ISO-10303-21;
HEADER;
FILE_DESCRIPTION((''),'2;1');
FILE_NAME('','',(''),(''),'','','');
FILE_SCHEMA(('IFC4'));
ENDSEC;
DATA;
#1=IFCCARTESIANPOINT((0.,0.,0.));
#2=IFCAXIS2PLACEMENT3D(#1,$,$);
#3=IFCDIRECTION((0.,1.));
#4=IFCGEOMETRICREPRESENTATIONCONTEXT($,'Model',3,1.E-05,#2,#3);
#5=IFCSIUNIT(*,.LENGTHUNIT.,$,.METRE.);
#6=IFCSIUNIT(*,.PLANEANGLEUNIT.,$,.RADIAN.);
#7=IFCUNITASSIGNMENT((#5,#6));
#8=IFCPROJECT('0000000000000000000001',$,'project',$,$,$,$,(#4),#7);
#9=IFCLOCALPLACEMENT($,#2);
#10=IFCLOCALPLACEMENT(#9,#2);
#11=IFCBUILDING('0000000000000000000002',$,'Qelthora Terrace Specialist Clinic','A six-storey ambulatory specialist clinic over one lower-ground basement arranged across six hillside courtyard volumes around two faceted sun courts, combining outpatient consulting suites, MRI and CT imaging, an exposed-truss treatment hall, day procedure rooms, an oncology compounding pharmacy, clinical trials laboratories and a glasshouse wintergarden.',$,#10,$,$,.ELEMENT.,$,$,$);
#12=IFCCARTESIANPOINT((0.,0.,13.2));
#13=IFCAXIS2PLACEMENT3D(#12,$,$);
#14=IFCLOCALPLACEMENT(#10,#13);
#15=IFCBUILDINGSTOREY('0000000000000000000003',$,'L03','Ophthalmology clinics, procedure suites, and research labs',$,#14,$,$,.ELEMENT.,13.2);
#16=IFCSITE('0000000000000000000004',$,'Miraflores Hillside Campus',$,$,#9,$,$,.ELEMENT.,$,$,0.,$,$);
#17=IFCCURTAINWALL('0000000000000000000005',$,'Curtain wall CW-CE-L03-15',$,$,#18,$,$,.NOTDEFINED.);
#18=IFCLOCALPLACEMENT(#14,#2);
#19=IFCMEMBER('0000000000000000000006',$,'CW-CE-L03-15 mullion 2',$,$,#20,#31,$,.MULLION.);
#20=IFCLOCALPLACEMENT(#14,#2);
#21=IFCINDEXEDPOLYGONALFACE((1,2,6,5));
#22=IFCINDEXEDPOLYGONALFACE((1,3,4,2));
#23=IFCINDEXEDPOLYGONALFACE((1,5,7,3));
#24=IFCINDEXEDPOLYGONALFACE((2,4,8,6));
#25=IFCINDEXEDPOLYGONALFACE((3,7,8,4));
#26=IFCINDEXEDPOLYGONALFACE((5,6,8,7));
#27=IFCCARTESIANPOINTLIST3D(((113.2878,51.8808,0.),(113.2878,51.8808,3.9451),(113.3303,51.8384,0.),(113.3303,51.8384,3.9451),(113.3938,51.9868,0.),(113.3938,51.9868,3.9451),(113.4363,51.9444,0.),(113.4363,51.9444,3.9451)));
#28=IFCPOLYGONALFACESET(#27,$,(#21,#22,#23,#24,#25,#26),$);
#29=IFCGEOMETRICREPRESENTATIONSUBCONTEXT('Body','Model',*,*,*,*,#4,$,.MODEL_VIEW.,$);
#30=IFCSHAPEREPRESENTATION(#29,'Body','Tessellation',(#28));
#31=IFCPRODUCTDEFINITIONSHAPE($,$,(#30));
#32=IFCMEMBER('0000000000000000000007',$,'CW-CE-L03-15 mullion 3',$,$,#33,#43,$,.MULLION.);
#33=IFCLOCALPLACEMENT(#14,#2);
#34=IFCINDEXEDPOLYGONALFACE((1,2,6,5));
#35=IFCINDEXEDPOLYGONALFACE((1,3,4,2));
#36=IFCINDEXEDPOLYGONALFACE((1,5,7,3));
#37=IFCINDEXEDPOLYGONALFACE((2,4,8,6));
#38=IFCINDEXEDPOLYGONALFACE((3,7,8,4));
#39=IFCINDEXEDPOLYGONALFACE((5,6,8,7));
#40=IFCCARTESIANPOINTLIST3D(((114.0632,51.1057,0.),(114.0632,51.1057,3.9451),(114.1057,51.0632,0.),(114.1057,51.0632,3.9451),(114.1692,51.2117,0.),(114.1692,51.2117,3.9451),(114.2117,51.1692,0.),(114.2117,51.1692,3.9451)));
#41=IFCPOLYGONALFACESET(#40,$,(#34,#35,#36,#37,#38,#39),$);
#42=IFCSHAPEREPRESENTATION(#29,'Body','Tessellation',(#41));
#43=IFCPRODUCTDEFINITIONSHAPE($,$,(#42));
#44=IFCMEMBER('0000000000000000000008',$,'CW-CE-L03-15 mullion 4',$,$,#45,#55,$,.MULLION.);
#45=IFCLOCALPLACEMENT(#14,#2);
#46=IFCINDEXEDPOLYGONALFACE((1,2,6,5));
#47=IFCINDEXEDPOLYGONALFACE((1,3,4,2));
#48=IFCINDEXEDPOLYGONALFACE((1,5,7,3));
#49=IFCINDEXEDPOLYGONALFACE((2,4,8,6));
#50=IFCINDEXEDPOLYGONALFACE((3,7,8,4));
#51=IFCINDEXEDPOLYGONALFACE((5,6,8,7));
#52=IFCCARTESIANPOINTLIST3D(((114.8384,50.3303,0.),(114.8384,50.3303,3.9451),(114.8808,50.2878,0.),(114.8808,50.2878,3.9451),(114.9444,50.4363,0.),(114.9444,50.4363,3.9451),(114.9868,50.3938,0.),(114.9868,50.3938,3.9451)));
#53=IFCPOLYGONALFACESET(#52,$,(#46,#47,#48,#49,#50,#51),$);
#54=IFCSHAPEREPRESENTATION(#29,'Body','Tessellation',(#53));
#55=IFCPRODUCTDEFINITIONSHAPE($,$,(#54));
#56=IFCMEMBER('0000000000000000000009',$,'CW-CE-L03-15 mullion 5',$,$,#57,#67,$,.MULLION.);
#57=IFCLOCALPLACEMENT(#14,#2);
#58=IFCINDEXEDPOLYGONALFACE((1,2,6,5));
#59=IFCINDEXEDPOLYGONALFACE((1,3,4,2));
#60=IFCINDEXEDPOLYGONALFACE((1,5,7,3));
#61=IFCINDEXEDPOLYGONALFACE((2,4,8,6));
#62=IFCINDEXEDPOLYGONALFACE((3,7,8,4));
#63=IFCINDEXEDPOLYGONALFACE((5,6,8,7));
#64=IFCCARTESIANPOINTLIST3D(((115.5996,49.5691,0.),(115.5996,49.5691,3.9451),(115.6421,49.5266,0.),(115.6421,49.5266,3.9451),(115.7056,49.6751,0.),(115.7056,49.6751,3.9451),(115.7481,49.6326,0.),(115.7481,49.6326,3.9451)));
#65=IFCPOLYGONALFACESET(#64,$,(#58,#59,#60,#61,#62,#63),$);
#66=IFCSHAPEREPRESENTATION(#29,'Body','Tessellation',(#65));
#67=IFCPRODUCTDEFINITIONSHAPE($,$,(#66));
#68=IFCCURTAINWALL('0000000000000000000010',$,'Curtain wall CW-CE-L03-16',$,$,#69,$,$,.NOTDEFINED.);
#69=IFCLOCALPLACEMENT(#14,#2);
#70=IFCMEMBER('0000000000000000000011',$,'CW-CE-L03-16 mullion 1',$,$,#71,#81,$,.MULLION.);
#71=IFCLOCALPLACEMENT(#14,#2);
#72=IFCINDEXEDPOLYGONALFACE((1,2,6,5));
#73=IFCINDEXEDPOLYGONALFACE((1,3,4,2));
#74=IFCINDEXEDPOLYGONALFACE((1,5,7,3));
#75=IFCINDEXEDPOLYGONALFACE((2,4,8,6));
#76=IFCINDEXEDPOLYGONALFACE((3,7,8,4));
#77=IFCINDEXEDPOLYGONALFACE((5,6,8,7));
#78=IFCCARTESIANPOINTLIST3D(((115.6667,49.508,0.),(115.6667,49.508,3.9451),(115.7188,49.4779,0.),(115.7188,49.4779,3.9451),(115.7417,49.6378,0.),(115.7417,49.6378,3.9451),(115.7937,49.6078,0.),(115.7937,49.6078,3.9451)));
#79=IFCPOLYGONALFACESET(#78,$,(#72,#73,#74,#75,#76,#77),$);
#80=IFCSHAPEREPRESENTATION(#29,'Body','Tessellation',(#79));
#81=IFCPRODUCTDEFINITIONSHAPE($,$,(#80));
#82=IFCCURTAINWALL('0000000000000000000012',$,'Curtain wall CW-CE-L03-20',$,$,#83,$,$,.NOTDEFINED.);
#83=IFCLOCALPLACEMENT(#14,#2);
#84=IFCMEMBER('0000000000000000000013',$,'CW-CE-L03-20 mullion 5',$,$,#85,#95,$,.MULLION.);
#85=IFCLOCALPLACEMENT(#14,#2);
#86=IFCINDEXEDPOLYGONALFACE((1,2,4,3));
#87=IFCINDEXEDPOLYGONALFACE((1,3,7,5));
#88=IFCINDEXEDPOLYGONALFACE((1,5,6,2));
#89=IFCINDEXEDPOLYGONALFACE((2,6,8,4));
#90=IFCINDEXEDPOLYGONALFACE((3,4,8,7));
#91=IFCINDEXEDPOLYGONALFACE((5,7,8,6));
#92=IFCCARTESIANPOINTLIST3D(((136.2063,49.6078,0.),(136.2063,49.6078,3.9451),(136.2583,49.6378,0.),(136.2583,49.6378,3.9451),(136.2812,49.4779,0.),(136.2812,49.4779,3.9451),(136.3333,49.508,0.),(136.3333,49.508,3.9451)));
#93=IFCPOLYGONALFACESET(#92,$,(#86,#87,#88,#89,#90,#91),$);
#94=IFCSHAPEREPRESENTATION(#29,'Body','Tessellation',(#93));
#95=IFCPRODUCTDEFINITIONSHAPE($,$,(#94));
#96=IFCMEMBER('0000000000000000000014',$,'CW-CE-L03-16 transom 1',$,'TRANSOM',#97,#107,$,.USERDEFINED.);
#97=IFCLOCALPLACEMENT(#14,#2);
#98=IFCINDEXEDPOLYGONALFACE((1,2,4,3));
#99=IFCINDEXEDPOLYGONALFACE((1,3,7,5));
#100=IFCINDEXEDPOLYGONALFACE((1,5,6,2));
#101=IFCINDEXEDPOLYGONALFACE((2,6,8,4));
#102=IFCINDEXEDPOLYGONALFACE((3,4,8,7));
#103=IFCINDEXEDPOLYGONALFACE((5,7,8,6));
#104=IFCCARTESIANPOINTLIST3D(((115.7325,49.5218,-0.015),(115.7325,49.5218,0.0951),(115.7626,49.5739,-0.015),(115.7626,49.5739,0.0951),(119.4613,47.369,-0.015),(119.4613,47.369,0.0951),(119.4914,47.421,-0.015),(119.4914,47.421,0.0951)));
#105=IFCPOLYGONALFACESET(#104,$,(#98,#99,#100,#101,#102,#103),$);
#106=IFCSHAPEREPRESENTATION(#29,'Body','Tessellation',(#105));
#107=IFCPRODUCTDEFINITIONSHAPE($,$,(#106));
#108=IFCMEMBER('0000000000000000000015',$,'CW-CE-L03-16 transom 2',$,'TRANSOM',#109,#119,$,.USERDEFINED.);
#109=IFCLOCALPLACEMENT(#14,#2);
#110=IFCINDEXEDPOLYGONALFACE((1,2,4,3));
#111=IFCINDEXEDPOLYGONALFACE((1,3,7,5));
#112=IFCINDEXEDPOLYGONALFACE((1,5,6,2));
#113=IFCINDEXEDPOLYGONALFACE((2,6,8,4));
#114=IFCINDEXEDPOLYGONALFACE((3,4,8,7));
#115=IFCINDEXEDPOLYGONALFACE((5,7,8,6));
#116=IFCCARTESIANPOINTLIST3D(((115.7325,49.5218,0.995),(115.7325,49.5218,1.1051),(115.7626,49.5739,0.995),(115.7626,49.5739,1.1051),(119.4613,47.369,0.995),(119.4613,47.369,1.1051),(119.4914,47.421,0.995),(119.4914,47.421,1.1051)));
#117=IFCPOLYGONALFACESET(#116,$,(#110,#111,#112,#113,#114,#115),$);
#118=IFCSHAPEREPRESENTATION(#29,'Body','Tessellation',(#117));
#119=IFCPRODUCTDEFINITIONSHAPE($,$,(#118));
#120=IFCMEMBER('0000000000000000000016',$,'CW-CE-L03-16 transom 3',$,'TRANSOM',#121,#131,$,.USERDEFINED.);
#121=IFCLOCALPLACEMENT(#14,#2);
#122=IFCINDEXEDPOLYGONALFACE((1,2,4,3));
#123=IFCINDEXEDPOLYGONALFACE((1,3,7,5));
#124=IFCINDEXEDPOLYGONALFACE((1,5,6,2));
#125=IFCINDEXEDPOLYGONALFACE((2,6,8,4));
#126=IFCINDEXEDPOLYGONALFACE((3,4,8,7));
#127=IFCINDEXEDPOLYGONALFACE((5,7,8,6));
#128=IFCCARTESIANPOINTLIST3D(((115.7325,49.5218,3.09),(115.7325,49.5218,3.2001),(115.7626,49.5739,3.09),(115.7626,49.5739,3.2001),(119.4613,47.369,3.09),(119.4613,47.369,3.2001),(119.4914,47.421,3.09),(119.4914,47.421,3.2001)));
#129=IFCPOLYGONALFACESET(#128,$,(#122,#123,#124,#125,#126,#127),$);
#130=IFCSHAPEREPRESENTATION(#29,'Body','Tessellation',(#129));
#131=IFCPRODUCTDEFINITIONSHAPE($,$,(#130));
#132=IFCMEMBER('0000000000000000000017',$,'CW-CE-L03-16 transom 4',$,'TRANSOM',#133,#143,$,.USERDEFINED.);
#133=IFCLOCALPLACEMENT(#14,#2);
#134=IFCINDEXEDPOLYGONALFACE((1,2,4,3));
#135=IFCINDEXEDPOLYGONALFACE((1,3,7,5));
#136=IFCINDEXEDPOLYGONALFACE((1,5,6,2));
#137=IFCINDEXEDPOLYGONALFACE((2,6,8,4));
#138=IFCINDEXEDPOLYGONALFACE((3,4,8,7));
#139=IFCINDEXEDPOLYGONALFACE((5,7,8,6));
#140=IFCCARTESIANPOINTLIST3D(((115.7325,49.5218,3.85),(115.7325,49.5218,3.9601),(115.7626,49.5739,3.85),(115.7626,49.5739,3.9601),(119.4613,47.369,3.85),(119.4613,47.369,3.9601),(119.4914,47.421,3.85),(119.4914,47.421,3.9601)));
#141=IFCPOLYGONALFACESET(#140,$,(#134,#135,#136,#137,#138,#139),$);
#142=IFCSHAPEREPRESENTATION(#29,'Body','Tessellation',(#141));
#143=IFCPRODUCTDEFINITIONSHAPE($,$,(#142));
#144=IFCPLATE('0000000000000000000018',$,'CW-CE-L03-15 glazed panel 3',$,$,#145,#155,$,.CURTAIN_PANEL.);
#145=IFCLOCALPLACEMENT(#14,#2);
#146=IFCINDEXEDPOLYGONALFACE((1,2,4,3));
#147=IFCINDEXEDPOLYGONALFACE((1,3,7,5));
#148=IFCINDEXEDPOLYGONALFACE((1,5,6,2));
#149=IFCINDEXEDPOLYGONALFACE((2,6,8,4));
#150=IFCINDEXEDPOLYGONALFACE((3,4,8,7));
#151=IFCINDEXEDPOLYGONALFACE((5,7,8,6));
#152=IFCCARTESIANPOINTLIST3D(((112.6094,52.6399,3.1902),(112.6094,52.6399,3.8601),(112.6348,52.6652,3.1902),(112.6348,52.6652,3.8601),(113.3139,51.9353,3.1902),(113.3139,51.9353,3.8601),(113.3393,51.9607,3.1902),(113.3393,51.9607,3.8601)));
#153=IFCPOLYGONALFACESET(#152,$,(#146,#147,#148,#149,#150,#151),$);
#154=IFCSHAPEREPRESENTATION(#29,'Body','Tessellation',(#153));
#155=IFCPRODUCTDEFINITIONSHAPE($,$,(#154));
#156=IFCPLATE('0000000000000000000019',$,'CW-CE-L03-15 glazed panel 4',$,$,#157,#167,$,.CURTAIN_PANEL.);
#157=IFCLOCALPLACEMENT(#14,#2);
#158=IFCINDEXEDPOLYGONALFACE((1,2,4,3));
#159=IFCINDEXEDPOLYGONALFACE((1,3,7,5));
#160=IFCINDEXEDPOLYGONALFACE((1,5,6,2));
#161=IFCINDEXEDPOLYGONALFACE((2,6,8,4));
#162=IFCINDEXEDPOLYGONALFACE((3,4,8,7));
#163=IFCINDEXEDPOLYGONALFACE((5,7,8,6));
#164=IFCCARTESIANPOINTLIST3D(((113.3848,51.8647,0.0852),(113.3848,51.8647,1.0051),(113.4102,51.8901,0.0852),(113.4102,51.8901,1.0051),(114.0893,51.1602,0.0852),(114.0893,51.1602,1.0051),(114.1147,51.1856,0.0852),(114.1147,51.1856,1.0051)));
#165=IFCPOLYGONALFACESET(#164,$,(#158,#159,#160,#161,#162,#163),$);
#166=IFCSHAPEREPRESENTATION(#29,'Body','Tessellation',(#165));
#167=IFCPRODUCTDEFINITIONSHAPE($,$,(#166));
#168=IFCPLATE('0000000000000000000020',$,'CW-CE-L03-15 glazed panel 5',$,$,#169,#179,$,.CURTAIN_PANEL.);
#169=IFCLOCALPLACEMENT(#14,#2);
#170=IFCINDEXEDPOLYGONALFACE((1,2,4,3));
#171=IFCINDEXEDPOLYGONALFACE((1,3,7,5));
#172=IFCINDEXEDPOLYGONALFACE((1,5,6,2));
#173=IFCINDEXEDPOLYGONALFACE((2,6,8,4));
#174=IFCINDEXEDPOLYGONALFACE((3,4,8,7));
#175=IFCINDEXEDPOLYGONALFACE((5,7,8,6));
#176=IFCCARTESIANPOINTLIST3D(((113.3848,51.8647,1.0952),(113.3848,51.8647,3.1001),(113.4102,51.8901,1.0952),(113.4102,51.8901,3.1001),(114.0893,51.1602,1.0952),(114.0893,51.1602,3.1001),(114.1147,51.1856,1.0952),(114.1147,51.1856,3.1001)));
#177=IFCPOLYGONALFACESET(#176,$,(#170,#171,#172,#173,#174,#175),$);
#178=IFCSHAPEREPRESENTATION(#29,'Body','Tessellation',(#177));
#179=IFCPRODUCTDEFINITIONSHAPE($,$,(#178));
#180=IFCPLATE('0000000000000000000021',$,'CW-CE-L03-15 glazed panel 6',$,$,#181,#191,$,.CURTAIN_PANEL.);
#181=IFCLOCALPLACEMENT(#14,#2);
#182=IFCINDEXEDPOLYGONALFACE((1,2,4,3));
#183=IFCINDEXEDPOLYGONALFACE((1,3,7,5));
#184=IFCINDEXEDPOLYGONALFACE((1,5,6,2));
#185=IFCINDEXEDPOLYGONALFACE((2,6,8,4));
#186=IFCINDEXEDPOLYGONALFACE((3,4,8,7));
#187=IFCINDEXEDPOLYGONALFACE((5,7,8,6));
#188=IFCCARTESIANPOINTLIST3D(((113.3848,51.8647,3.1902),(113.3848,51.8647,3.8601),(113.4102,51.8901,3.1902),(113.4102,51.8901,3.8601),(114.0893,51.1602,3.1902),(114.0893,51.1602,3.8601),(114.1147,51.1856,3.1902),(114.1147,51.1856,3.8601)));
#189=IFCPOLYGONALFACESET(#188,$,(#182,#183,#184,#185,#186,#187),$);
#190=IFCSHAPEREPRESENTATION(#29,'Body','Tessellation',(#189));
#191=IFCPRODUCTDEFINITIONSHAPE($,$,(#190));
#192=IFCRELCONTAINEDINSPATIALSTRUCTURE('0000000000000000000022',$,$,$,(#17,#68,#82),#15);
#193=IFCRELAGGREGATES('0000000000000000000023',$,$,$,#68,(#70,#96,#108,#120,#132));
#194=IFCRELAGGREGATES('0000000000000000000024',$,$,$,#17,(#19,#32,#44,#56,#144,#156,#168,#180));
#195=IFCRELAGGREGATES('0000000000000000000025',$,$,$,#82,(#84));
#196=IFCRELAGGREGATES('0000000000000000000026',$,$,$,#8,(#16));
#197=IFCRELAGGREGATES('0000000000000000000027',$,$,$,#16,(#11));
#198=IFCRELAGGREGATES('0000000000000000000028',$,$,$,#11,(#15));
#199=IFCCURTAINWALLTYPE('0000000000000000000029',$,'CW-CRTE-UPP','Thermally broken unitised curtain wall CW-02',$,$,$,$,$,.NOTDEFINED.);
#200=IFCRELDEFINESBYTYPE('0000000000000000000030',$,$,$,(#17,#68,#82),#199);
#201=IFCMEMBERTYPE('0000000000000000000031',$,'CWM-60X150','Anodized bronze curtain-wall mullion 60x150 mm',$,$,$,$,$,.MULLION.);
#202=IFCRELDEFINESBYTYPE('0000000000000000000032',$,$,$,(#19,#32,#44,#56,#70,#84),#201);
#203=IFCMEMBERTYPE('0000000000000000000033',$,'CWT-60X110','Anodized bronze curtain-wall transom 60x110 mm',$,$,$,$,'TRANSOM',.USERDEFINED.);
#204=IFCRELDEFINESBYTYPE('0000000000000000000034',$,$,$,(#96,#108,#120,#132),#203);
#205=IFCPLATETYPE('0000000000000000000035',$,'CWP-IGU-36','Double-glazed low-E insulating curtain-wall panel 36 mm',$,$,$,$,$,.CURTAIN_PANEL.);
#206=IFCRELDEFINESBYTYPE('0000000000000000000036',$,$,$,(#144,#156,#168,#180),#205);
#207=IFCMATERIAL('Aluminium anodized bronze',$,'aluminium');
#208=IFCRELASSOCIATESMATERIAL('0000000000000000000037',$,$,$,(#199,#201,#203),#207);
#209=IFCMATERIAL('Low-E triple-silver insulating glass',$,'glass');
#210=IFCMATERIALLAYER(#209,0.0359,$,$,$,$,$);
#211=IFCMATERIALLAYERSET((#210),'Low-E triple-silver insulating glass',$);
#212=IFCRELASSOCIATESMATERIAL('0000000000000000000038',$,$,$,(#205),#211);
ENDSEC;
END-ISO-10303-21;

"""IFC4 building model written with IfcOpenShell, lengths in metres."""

from ifc_helpers import new_model, si_unit, direction, frame, origin, origin_2d, place, context, subcontext, project, spatial, rectangle, extrude, material, layer, layer_set, material_profile, profile_set, type_object, element, aggregate, save


model = new_model("IFC4")

# Units and contexts
model_context = context("Model", 3, precision=1e-05, world=origin(), true_north=direction((0.0, 1.0)))
body_context = subcontext(model_context, "Body", "Model", "MODEL_VIEW")
ifc_project = project(units=[si_unit("LENGTHUNIT", "METRE"), si_unit("PLANEANGLEUNIT", "RADIAN")], contexts=[model_context])

# Site, building, storey
site_placement = place(None, origin())
site = spatial("IfcSite", under=ifc_project, at=site_placement, Name="Miraflores Hillside Campus", CompositionType="ELEMENT", RefElevation=0.0)
building_placement = place(site_placement, origin())
building = spatial("IfcBuilding", under=site, at=building_placement, Name="Qelthora Terrace Specialist Clinic", Description="A six-storey ambulatory specialist clinic over one lower-ground basement arranged across six hillside courtyard volumes around two faceted sun courts, combining outpatient consulting suites, MRI and CT imaging, an exposed-truss treatment hall, day procedure rooms, an oncology compounding pharmacy, clinical trials laboratories and a glasshouse wintergarden.", CompositionType="ELEMENT")
storey_placement = place(building_placement, frame((0.0, 0.0, 13.2)))
storey = spatial("IfcBuildingStorey", under=building, at=storey_placement, Name="L03", Description="Ophthalmology clinics, procedure suites, and research labs", CompositionType="ELEMENT", Elevation=13.2)

# Curtain wall, members
ifc_material_1 = material(Name="Aluminium anodized bronze", Category="aluminium")
curtain_wall_type = type_object("IfcCurtainWallType", Name="CW-CRTE-UPP", Description="Thermally broken unitised curtain wall CW-02", PredefinedType="NOTDEFINED", material=ifc_material_1)
curtain_wall_1_placement = place(storey_placement, origin())
curtain_wall_1 = element("IfcCurtainWall", 1, at=curtain_wall_1_placement, inside=storey, type_object=curtain_wall_type, Name="Curtain wall CW-CE-L03-15", PredefinedType="NOTDEFINED")
ifc_material_profile_1 = material_profile(ifc_material_1, rectangle(XDim=0.0601, YDim=0.1499, at=origin_2d()), Name="CWM60X150")
ifc_profile_set_1 = profile_set([ifc_material_profile_1], Name="Aluminium anodized bronze")
member_type_1 = type_object("IfcMemberType", Name="CWM-60X150", Description="Anodized bronze curtain-wall mullion 60x150 mm", PredefinedType="MULLION", material=ifc_profile_set_1)
member_1_placement = place(storey_placement, frame((113.3621, 51.9126, 0.0), z_axis=(0.0, 0.0, 1.0), x_axis=(0.707107, -0.707107, 0.0)))
member_1 = element("IfcMember", 2, at=member_1_placement, type_object=member_type_1, Name="CW-CE-L03-15 mullion 2", PredefinedType="MULLION", context=body_context, shape_type="SweptSolid", body=[
    extrude(rectangle(XDim=0.0601, YDim=0.1499, at=origin_2d()), origin(), (0.0, 0.0, 1.0), 3.9451),
])
member_2_placement = place(storey_placement, frame((114.1375, 51.1375, 0.0), z_axis=(0.0, 0.0, 1.0), x_axis=(0.707107, -0.707107, 0.0)))
member_2 = element("IfcMember", 3, at=member_2_placement, type_object=member_type_1, Name="CW-CE-L03-15 mullion 3", PredefinedType="MULLION", context=body_context, shape_type="SweptSolid", body=[
    extrude(rectangle(XDim=0.0601, YDim=0.1499, at=origin_2d()), origin(), (0.0, 0.0, 1.0), 3.9451),
])
member_3_placement = place(storey_placement, frame((114.9126, 50.3621, 0.0), z_axis=(0.0, 0.0, 1.0), x_axis=(0.707107, -0.707107, 0.0)))
member_3 = element("IfcMember", 4, at=member_3_placement, type_object=member_type_1, Name="CW-CE-L03-15 mullion 4", PredefinedType="MULLION", context=body_context, shape_type="SweptSolid", body=[
    extrude(rectangle(XDim=0.0601, YDim=0.1499, at=origin_2d()), origin(), (0.0, 0.0, 1.0), 3.9451),
])
member_4_placement = place(storey_placement, frame((115.6738, 49.6008, 0.0), z_axis=(0.0, 0.0, 1.0), x_axis=(0.707107, -0.707107, 0.0)))
member_4 = element("IfcMember", 5, at=member_4_placement, type_object=member_type_1, Name="CW-CE-L03-15 mullion 5", PredefinedType="MULLION", context=body_context, shape_type="SweptSolid", body=[
    extrude(rectangle(XDim=0.0601, YDim=0.1499, at=origin_2d()), origin(), (0.0, 0.0, 1.0), 3.9451),
])

# Curtain walls, members
curtain_wall_2_placement = place(storey_placement, origin())
curtain_wall_2 = element("IfcCurtainWall", 6, at=curtain_wall_2_placement, inside=storey, type_object=curtain_wall_type, Name="Curtain wall CW-CE-L03-16", PredefinedType="NOTDEFINED")
member_5_placement = place(storey_placement, frame((115.7302, 49.5579, 0.0), z_axis=(0.0, 0.0, 1.0), x_axis=(0.866025, -0.5, 0.0)))
member_5 = element("IfcMember", 7, at=member_5_placement, type_object=member_type_1, Name="CW-CE-L03-16 mullion 1", PredefinedType="MULLION", context=body_context, shape_type="SweptSolid", body=[
    extrude(rectangle(XDim=0.0601, YDim=0.1499, at=origin_2d()), origin(), (0.0, 0.0, 1.0), 3.9451),
])
curtain_wall_3_placement = place(storey_placement, origin())
curtain_wall_3 = element("IfcCurtainWall", 8, at=curtain_wall_3_placement, inside=storey, type_object=curtain_wall_type, Name="Curtain wall CW-CE-L03-20", PredefinedType="NOTDEFINED")
member_6_placement = place(storey_placement, frame((136.2698, 49.5579, 0.0), z_axis=(0.0, 0.0, 1.0), x_axis=(0.866025, 0.5, 0.0)))
member_6 = element("IfcMember", 9, at=member_6_placement, type_object=member_type_1, Name="CW-CE-L03-20 mullion 5", PredefinedType="MULLION", context=body_context, shape_type="SweptSolid", body=[
    extrude(rectangle(XDim=0.0601, YDim=0.1499, at=origin_2d()), origin(), (0.0, 0.0, 1.0), 3.9451),
])

# Members
ifc_material_profile_2 = material_profile(ifc_material_1, rectangle(XDim=0.0601, YDim=0.1101, at=origin_2d()), Name="CWT60X110")
ifc_profile_set_2 = profile_set([ifc_material_profile_2], Name="Aluminium anodized bronze")
member_type_2 = type_object("IfcMemberType", Name="CWT-60X110", Description="Anodized bronze curtain-wall transom 60x110 mm", ElementType="TRANSOM", PredefinedType="USERDEFINED", material=ifc_profile_set_2)
member_7_placement = place(storey_placement, frame((115.7476, 49.5479, 0.04), z_axis=(0.866022, -0.500006, 0.0), x_axis=(0.500006, 0.866022, 0.0)))
member_7 = element("IfcMember", 10, at=member_7_placement, type_object=member_type_2, Name="CW-CE-L03-16 transom 1", ObjectType="TRANSOM", PredefinedType="USERDEFINED", context=body_context, shape_type="SweptSolid", body=[
    extrude(rectangle(XDim=0.0601, YDim=0.1101, at=origin_2d()), origin(), (0.0, 0.0, 1.0), 4.3057),
])
member_8_placement = place(storey_placement, frame((115.7476, 49.5479, 1.05), z_axis=(0.866022, -0.500006, 0.0), x_axis=(0.500006, 0.866022, 0.0)))
member_8 = element("IfcMember", 11, at=member_8_placement, type_object=member_type_2, Name="CW-CE-L03-16 transom 2", ObjectType="TRANSOM", PredefinedType="USERDEFINED", context=body_context, shape_type="SweptSolid", body=[
    extrude(rectangle(XDim=0.0601, YDim=0.1101, at=origin_2d()), origin(), (0.0, 0.0, 1.0), 4.3057),
])
member_9_placement = place(storey_placement, frame((115.7476, 49.5479, 3.145), z_axis=(0.866022, -0.500006, 0.0), x_axis=(0.500006, 0.866022, 0.0)))
member_9 = element("IfcMember", 12, at=member_9_placement, type_object=member_type_2, Name="CW-CE-L03-16 transom 3", ObjectType="TRANSOM", PredefinedType="USERDEFINED", context=body_context, shape_type="SweptSolid", body=[
    extrude(rectangle(XDim=0.0601, YDim=0.1101, at=origin_2d()), origin(), (0.0, 0.0, 1.0), 4.3057),
])
member_10_placement = place(storey_placement, frame((115.7476, 49.5479, 3.905), z_axis=(0.866022, -0.500006, 0.0), x_axis=(0.500006, 0.866022, 0.0)))
member_10 = element("IfcMember", 13, at=member_10_placement, type_object=member_type_2, Name="CW-CE-L03-16 transom 4", ObjectType="TRANSOM", PredefinedType="USERDEFINED", context=body_context, shape_type="SweptSolid", body=[
    extrude(rectangle(XDim=0.0601, YDim=0.1101, at=origin_2d()), origin(), (0.0, 0.0, 1.0), 4.3057),
])
aggregate(curtain_wall_2, [member_5, member_7, member_8, member_9, member_10])

# Plates
ifc_material_2 = material(Name="Low-E triple-silver insulating glass", Category="glass")
ifc_layer_1 = layer(ifc_material_2, 0.0359)
ifc_layer_set_1 = layer_set([ifc_layer_1], Name="Low-E triple-silver insulating glass")
plate_type = type_object("IfcPlateType", Name="CWP-IGU-36", Description="Double-glazed low-E insulating curtain-wall panel 36 mm", PredefinedType="CURTAIN_PANEL", material=ifc_layer_set_1)
plate_1_placement = place(storey_placement, frame((112.9744, 52.3003, 3.1902), z_axis=(0.0, 0.0, 1.0), x_axis=(0.707107, -0.707107, 0.0)))
plate_1 = element("IfcPlate", 14, at=plate_1_placement, type_object=plate_type, Name="CW-CE-L03-15 glazed panel 3", PredefinedType="CURTAIN_PANEL", context=body_context, shape_type="SweptSolid", body=[
    extrude(rectangle(XDim=0.9963, YDim=0.0359, at=origin_2d()), origin(), (0.0, 0.0, 1.0), 0.6699),
])
plate_2_placement = place(storey_placement, frame((113.7498, 51.5251, 0.0852), z_axis=(0.0, 0.0, 1.0), x_axis=(0.707107, -0.707107, 0.0)))
plate_2 = element("IfcPlate", 15, at=plate_2_placement, type_object=plate_type, Name="CW-CE-L03-15 glazed panel 4", PredefinedType="CURTAIN_PANEL", context=body_context, shape_type="SweptSolid", body=[
    extrude(rectangle(XDim=0.9963, YDim=0.0359, at=origin_2d()), origin(), (0.0, 0.0, 1.0), 0.9199),
])
plate_3_placement = place(storey_placement, frame((113.7498, 51.5251, 1.0952), z_axis=(0.0, 0.0, 1.0), x_axis=(0.707107, -0.707107, 0.0)))
plate_3 = element("IfcPlate", 16, at=plate_3_placement, type_object=plate_type, Name="CW-CE-L03-15 glazed panel 5", PredefinedType="CURTAIN_PANEL", context=body_context, shape_type="SweptSolid", body=[
    extrude(rectangle(XDim=0.9963, YDim=0.0359, at=origin_2d()), origin(), (0.0, 0.0, 1.0), 2.0049),
])
plate_4_placement = place(storey_placement, frame((113.7498, 51.5251, 3.1902), z_axis=(0.0, 0.0, 1.0), x_axis=(0.707107, -0.707107, 0.0)))
plate_4 = element("IfcPlate", 17, at=plate_4_placement, type_object=plate_type, Name="CW-CE-L03-15 glazed panel 6", PredefinedType="CURTAIN_PANEL", context=body_context, shape_type="SweptSolid", body=[
    extrude(rectangle(XDim=0.9963, YDim=0.0359, at=origin_2d()), origin(), (0.0, 0.0, 1.0), 0.6699),
])
aggregate(curtain_wall_1, [member_1, member_2, member_3, member_4, plate_1, plate_2, plate_3, plate_4])
aggregate(curtain_wall_3, [member_6])

save(model, "model.ifc")
